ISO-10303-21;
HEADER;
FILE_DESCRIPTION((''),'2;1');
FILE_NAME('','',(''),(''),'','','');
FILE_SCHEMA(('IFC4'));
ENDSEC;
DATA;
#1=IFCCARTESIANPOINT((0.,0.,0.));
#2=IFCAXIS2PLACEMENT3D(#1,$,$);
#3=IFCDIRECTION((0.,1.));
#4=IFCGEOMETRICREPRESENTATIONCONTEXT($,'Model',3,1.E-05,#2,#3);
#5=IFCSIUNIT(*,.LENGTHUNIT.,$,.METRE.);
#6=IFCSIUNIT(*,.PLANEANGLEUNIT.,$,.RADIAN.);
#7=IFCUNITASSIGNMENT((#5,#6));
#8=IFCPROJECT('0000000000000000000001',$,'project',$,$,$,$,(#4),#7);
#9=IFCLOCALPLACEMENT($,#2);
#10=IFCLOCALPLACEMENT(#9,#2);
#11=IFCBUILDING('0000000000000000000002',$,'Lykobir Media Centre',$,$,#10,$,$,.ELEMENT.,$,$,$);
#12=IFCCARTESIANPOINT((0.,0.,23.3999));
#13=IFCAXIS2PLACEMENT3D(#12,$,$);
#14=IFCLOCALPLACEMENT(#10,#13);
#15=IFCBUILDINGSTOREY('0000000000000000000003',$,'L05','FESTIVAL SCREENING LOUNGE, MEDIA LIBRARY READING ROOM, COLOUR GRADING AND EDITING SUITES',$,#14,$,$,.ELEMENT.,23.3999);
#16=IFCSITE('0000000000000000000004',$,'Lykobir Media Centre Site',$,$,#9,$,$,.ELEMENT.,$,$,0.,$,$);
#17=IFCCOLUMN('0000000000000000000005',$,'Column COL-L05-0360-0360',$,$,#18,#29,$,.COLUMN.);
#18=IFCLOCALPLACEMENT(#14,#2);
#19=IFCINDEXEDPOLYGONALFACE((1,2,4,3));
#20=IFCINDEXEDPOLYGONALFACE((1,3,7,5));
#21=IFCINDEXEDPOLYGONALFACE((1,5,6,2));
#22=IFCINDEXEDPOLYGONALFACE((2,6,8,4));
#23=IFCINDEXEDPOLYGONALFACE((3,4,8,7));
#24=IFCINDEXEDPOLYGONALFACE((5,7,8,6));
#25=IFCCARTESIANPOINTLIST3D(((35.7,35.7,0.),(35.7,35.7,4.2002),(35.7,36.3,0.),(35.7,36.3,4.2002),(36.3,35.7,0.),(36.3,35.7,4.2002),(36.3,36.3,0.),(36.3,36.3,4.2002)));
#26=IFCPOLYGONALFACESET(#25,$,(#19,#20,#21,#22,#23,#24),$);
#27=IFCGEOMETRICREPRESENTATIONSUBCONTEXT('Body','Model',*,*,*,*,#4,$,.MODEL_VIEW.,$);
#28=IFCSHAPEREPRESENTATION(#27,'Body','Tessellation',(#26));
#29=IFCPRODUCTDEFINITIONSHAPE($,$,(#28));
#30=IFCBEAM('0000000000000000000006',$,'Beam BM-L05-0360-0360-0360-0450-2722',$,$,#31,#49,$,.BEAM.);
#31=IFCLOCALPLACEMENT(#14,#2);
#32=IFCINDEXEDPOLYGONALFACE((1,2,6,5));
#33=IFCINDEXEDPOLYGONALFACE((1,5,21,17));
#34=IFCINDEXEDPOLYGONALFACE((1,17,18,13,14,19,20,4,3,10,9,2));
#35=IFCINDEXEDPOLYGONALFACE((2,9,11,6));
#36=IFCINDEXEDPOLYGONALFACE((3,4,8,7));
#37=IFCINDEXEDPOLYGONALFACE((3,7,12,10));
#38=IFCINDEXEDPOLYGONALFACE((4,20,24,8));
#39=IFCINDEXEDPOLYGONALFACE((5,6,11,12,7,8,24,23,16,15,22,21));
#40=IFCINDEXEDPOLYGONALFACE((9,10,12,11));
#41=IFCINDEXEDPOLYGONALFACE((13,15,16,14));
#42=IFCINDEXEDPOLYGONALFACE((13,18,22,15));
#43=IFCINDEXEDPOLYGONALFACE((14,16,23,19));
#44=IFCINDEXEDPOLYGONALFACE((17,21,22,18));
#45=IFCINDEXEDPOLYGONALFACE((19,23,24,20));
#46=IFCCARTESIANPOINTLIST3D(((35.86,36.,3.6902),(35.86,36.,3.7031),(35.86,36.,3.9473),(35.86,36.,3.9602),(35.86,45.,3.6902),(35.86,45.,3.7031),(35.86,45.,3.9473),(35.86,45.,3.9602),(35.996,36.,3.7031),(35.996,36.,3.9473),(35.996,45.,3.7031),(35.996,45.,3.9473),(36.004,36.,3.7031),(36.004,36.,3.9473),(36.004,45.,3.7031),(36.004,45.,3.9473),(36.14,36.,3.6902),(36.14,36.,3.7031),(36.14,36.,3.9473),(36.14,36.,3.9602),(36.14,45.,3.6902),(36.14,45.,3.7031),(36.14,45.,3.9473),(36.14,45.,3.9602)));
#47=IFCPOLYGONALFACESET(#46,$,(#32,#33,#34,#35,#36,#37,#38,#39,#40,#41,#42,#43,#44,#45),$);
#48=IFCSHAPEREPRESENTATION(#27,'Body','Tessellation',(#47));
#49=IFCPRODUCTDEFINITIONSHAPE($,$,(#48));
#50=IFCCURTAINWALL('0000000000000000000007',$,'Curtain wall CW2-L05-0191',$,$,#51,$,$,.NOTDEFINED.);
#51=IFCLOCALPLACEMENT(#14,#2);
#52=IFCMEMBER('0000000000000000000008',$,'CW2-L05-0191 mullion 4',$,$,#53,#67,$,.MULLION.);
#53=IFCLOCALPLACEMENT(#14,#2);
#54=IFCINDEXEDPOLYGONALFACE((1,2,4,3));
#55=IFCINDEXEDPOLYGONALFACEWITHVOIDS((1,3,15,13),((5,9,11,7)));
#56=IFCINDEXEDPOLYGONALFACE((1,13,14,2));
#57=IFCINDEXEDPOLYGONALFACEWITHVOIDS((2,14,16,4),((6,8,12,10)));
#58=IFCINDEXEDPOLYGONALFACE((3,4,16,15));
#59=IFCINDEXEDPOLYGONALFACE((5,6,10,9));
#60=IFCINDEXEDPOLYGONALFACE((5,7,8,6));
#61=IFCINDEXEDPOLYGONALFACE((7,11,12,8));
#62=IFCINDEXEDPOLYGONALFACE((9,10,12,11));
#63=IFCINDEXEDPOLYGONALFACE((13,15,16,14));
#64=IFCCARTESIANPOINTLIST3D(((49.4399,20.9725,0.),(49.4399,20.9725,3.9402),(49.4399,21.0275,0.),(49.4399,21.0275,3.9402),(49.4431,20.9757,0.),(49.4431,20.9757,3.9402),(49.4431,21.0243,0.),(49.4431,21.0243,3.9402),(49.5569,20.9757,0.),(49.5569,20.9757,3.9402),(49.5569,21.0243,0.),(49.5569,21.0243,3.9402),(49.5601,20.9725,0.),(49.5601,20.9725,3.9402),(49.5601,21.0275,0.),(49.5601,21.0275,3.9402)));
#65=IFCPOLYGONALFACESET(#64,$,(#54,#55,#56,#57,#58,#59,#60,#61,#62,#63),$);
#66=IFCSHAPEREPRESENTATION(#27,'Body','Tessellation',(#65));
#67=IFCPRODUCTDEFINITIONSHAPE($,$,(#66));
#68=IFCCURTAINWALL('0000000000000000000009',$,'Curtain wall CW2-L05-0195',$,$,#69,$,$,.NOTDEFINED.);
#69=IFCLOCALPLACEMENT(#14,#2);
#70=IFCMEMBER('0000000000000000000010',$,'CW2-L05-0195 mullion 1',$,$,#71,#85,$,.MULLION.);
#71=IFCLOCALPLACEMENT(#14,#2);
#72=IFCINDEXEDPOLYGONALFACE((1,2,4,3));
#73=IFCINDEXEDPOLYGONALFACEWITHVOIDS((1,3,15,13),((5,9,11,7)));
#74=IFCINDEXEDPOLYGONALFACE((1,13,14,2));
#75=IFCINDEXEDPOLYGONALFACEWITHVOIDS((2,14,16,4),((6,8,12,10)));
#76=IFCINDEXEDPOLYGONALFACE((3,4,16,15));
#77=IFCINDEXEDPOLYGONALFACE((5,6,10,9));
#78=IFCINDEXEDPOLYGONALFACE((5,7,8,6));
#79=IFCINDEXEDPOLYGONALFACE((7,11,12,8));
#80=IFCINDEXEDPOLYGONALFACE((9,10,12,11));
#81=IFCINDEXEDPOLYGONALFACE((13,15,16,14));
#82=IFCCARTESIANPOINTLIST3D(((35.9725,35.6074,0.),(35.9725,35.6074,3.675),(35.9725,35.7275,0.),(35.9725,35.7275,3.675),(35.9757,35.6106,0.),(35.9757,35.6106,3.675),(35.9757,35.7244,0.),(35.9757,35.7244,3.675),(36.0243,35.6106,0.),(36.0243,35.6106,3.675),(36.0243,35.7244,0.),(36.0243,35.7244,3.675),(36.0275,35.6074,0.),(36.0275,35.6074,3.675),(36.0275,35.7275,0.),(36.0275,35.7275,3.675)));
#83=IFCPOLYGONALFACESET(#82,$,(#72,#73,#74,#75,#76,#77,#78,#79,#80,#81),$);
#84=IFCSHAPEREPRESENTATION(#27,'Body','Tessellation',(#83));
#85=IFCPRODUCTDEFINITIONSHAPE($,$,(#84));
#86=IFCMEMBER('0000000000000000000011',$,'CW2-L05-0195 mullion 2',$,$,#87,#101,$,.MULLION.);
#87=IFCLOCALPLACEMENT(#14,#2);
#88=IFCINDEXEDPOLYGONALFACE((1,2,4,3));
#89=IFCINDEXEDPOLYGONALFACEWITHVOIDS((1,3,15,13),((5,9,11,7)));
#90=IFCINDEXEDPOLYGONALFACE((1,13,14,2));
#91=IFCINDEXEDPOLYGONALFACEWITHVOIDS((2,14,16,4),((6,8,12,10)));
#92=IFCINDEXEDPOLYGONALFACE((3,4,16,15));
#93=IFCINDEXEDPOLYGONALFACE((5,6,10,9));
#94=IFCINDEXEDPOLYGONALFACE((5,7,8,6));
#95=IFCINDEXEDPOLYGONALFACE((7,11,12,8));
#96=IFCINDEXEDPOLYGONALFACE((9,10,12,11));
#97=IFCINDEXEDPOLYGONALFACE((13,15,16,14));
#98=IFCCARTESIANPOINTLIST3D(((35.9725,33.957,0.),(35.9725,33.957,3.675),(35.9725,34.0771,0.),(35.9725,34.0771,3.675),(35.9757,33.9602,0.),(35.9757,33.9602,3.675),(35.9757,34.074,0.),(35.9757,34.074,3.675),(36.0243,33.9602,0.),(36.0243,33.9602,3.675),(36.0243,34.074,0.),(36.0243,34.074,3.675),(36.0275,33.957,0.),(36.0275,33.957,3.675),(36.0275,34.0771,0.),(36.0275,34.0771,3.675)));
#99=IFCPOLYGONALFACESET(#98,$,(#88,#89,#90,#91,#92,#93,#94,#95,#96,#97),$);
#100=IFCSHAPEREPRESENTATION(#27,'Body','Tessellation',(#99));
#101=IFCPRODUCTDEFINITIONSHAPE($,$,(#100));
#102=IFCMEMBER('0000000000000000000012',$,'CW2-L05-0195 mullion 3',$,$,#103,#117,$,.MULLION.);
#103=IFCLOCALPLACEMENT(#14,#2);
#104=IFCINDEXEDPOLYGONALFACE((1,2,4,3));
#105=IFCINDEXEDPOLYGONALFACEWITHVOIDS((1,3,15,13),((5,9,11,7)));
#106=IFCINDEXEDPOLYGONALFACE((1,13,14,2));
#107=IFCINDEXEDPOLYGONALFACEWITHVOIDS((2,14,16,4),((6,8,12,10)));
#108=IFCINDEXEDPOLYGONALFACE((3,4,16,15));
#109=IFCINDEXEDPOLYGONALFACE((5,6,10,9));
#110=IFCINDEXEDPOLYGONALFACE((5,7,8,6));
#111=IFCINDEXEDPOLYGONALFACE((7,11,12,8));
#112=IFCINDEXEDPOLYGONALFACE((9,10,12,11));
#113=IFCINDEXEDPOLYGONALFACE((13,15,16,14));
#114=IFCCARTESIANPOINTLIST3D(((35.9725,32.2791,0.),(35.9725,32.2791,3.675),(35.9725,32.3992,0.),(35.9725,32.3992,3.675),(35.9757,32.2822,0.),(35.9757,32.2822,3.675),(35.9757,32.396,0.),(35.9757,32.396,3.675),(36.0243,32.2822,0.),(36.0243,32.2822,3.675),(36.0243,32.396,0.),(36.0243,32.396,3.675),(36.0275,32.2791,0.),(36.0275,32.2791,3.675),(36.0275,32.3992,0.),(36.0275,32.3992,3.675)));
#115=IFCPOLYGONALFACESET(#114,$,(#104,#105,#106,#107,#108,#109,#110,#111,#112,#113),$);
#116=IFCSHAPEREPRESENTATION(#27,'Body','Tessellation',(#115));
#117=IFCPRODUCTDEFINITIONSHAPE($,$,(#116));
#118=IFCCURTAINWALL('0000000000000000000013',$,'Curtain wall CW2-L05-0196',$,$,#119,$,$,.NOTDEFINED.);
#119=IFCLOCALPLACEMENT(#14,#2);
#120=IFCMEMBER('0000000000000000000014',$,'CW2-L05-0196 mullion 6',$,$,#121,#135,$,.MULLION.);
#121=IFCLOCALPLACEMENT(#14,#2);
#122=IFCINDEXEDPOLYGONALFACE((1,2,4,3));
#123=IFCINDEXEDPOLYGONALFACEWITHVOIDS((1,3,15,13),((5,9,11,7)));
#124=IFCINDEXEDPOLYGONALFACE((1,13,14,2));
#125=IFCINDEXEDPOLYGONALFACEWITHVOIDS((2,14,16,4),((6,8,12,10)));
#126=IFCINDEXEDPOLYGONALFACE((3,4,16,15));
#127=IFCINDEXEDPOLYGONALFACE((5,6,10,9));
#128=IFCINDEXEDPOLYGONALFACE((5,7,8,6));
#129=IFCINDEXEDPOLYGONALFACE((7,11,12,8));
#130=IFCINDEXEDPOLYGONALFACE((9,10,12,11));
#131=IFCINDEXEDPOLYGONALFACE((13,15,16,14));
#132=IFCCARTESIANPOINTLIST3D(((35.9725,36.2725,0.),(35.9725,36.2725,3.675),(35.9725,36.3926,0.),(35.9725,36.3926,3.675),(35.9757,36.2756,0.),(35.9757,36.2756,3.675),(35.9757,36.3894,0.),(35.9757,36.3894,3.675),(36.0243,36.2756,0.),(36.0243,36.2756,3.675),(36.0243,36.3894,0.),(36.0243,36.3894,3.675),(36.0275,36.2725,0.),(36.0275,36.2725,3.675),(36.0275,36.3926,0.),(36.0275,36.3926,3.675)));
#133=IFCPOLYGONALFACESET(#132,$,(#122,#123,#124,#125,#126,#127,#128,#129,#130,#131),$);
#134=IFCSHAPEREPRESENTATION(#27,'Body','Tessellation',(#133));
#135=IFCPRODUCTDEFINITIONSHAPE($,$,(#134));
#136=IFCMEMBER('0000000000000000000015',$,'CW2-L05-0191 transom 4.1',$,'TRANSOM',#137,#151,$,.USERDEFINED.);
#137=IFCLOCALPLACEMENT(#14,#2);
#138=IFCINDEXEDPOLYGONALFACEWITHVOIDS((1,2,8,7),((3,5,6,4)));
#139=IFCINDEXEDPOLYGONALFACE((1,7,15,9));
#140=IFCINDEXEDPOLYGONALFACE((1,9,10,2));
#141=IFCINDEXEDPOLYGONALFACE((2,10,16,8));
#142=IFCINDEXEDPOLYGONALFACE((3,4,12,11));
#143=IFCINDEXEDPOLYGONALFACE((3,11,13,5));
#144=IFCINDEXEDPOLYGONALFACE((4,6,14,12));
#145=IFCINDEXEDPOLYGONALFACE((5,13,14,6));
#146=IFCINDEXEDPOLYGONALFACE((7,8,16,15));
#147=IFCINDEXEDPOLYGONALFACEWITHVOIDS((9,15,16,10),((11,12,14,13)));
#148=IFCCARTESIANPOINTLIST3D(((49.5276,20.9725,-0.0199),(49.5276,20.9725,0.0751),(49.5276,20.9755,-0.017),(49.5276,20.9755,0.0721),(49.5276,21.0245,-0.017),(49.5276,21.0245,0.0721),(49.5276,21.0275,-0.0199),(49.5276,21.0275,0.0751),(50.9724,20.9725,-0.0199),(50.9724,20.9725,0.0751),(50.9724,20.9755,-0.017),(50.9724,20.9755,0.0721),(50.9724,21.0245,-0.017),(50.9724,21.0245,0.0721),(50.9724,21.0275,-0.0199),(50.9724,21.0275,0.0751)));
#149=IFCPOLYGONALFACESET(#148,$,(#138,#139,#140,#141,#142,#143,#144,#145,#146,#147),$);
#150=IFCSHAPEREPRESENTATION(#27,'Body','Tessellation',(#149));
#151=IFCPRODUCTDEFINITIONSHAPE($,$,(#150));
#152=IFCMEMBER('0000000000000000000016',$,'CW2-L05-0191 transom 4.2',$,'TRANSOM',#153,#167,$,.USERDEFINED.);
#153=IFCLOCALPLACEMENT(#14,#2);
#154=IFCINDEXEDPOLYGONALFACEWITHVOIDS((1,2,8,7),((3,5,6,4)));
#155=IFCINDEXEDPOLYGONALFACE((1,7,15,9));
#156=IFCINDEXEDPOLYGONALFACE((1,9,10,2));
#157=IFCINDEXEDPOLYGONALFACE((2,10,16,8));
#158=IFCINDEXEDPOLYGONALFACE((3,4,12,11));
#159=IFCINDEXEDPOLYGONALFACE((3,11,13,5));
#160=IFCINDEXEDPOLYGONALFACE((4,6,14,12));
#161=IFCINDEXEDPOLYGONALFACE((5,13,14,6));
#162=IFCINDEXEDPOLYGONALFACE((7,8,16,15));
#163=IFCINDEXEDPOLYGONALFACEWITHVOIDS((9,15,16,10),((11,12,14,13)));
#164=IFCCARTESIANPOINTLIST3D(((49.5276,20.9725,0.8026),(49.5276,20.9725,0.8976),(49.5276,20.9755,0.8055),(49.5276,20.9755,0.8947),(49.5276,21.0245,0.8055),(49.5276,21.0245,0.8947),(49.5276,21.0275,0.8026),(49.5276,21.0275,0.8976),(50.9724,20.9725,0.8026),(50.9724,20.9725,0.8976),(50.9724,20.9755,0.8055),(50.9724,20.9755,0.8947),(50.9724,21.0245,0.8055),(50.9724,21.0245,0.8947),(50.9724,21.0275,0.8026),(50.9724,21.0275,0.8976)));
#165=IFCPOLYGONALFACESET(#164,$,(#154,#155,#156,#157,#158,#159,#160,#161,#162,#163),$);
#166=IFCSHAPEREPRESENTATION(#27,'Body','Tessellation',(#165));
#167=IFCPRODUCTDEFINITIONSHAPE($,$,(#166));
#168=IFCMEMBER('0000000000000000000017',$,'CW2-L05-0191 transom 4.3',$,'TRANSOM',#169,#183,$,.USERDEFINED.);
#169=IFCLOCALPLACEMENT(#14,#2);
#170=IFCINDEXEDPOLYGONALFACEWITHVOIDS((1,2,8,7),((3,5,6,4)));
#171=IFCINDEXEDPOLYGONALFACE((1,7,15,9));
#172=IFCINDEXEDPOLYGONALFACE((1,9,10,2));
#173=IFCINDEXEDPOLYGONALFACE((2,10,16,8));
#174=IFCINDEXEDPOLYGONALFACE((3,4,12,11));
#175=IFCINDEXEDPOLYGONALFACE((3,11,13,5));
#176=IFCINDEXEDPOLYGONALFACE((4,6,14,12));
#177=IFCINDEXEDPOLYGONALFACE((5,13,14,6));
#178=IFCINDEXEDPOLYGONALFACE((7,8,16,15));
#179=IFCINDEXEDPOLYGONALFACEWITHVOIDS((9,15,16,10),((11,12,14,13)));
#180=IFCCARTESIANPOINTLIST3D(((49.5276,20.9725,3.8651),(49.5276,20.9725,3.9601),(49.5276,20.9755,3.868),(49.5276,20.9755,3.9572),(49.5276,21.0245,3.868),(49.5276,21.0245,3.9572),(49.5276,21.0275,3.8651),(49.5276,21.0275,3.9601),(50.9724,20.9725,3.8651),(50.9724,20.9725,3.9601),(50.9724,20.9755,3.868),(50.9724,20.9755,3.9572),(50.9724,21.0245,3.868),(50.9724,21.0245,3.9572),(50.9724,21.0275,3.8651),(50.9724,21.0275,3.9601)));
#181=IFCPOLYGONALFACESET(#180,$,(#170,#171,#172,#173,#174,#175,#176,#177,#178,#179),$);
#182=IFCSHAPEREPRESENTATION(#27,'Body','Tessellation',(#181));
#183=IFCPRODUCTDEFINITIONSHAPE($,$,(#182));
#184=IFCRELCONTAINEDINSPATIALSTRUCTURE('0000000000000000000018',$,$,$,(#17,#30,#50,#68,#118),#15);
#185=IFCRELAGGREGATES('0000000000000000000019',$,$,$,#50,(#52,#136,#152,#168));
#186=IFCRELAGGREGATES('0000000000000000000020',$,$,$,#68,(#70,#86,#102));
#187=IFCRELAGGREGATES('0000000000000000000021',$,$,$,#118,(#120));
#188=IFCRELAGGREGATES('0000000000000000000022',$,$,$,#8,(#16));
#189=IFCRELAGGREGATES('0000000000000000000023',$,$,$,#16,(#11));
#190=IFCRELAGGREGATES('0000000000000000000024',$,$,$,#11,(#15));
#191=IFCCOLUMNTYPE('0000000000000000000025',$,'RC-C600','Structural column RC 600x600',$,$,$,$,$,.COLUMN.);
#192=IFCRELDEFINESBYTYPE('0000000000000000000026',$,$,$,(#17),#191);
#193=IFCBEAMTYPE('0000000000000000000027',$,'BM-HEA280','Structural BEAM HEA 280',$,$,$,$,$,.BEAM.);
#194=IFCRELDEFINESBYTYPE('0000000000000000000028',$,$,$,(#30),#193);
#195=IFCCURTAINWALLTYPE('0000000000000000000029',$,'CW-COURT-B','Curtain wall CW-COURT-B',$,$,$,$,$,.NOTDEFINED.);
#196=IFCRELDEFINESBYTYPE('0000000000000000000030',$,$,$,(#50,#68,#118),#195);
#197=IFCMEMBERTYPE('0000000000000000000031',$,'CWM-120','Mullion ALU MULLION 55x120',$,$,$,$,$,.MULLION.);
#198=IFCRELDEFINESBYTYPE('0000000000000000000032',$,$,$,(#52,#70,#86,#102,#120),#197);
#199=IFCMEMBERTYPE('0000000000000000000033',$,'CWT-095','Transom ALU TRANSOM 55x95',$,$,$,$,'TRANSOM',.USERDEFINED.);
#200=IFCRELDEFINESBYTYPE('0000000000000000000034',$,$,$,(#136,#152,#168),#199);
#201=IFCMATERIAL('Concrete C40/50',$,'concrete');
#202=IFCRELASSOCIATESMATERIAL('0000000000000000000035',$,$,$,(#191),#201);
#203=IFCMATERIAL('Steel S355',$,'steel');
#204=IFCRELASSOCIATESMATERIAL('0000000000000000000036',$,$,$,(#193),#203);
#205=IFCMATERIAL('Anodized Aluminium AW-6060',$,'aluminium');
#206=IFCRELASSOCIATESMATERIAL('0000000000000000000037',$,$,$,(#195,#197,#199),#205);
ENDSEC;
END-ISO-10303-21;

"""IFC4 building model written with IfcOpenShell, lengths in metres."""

from ifc_helpers import new_model, si_unit, direction, frame, origin, origin_2d, place, context, subcontext, project, spatial, rectangle, hollow_rectangle, i_section, extrude, material, material_profile, profile_set, type_object, element, aggregate, save


model = new_model("IFC4")

# Units and contexts
model_context = context("Model", 3, precision=1e-05, world=origin(), true_north=direction((0.0, 1.0)))
body_context = subcontext(model_context, "Body", "Model", "MODEL_VIEW")
ifc_project = project(units=[si_unit("LENGTHUNIT", "METRE"), si_unit("PLANEANGLEUNIT", "RADIAN")], contexts=[model_context])

# Site, building, storey
site_placement = place(None, origin())
site = spatial("IfcSite", under=ifc_project, at=site_placement, Name="Lykobir Media Centre Site", CompositionType="ELEMENT", RefElevation=0.0)
building_placement = place(site_placement, origin())
building = spatial("IfcBuilding", under=site, at=building_placement, Name="Lykobir Media Centre", CompositionType="ELEMENT")
storey_placement = place(building_placement, frame((0.0, 0.0, 23.3999)))
storey = spatial("IfcBuildingStorey", under=building, at=storey_placement, Name="L05", Description="FESTIVAL SCREENING LOUNGE, MEDIA LIBRARY READING ROOM, COLOUR GRADING AND EDITING SUITES", CompositionType="ELEMENT", Elevation=23.3999)

# Column
ifc_material_1 = material(Name="Concrete C40/50", Category="concrete")
ifc_material_profile_1 = material_profile(ifc_material_1, rectangle(XDim=0.6001, YDim=0.6001, at=origin_2d()), Name="RC 600x600")
ifc_profile_set_1 = profile_set([ifc_material_profile_1], Name="Concrete C40/50")
column_type = type_object("IfcColumnType", Name="RC-C600", Description="Structural column RC 600x600", PredefinedType="COLUMN", material=ifc_profile_set_1)
column_placement = place(storey_placement, frame((36.0, 36.0, 0.0), z_axis=(0.0, 0.0, 1.0), x_axis=(1.0, 0.0, 0.0)))
element("IfcColumn", 1, at=column_placement, inside=storey, type_object=column_type, Name="Column COL-L05-0360-0360", PredefinedType="COLUMN", context=body_context, shape_type="SweptSolid", body=[
    extrude(rectangle(XDim=0.6001, YDim=0.6001, at=origin_2d()), origin(), (0.0, 0.0, 1.0), 4.2002),
])

# Beam
ifc_material_2 = material(Name="Steel S355", Category="steel")
ifc_material_profile_2 = material_profile(ifc_material_2, i_section(OverallWidth=0.28, OverallDepth=0.27, WebThickness=0.0081, FlangeThickness=0.0129, at=origin_2d()), Name="HEA 280")
ifc_profile_set_2 = profile_set([ifc_material_profile_2], Name="Steel S355")
beam_type = type_object("IfcBeamType", Name="BM-HEA280", Description="Structural BEAM HEA 280", PredefinedType="BEAM", material=ifc_profile_set_2)
beam_placement = place(storey_placement, frame((36.0, 36.0, 3.8252), z_axis=(0.0, 1.0, 0.0), x_axis=(-1.0, 0.0, 0.0)))
element("IfcBeam", 2, at=beam_placement, inside=storey, type_object=beam_type, Name="Beam BM-L05-0360-0360-0360-0450-2722", PredefinedType="BEAM", context=body_context, shape_type="SweptSolid", body=[
    extrude(i_section(OverallWidth=0.28, OverallDepth=0.27, WebThickness=0.0081, FlangeThickness=0.0129, at=origin_2d()), origin(), (0.0, 0.0, 1.0), 9.0),
])

# Curtain wall, member
ifc_material_3 = material(Name="Anodized Aluminium AW-6060", Category="aluminium")
curtain_wall_type = type_object("IfcCurtainWallType", Name="CW-COURT-B", Description="Curtain wall CW-COURT-B", PredefinedType="NOTDEFINED", material=ifc_material_3)
curtain_wall_1_placement = place(storey_placement, origin())
curtain_wall_1 = element("IfcCurtainWall", 3, at=curtain_wall_1_placement, inside=storey, type_object=curtain_wall_type, Name="Curtain wall CW2-L05-0191", PredefinedType="NOTDEFINED")
ifc_material_profile_3 = material_profile(ifc_material_3, hollow_rectangle(XDim=0.0549, YDim=0.1201, WallThickness=0.0032, at=origin_2d()), Name="ALU MULLION 55x120")
ifc_profile_set_3 = profile_set([ifc_material_profile_3], Name="Anodized Aluminium AW-6060")
member_type_1 = type_object("IfcMemberType", Name="CWM-120", Description="Mullion ALU MULLION 55x120", PredefinedType="MULLION", material=ifc_profile_set_3)
member_1_placement = place(storey_placement, frame((49.5, 21.0, 0.0), z_axis=(0.0, 0.0, 1.0), x_axis=(0.0, 1.0, 0.0)))
member_1 = element("IfcMember", 4, at=member_1_placement, type_object=member_type_1, Name="CW2-L05-0191 mullion 4", PredefinedType="MULLION", context=body_context, shape_type="SweptSolid", body=[
    extrude(hollow_rectangle(XDim=0.0549, YDim=0.1201, WallThickness=0.0032, at=origin_2d()), origin(), (0.0, 0.0, 1.0), 3.9402),
])

# Curtain wall, members
curtain_wall_2_placement = place(storey_placement, origin())
curtain_wall_2 = element("IfcCurtainWall", 5, at=curtain_wall_2_placement, inside=storey, type_object=curtain_wall_type, Name="Curtain wall CW2-L05-0195", PredefinedType="NOTDEFINED")
member_2_placement = place(storey_placement, frame((36.0, 35.6675, 0.0), z_axis=(0.0, 0.0, 1.0), x_axis=(1.0, 0.0, 0.0)))
member_2 = element("IfcMember", 6, at=member_2_placement, type_object=member_type_1, Name="CW2-L05-0195 mullion 1", PredefinedType="MULLION", context=body_context, shape_type="SweptSolid", body=[
    extrude(hollow_rectangle(XDim=0.0549, YDim=0.1201, WallThickness=0.0032, at=origin_2d()), origin(), (0.0, 0.0, 1.0), 3.675),
])
member_3_placement = place(storey_placement, frame((36.0, 34.0171, 0.0), z_axis=(0.0, 0.0, 1.0), x_axis=(1.0, 0.0, 0.0)))
member_3 = element("IfcMember", 7, at=member_3_placement, type_object=member_type_1, Name="CW2-L05-0195 mullion 2", PredefinedType="MULLION", context=body_context, shape_type="SweptSolid", body=[
    extrude(hollow_rectangle(XDim=0.0549, YDim=0.1201, WallThickness=0.0032, at=origin_2d()), origin(), (0.0, 0.0, 1.0), 3.675),
])
member_4_placement = place(storey_placement, frame((36.0, 32.3391, 0.0), z_axis=(0.0, 0.0, 1.0), x_axis=(1.0, 0.0, 0.0)))
member_4 = element("IfcMember", 8, at=member_4_placement, type_object=member_type_1, Name="CW2-L05-0195 mullion 3", PredefinedType="MULLION", context=body_context, shape_type="SweptSolid", body=[
    extrude(hollow_rectangle(XDim=0.0549, YDim=0.1201, WallThickness=0.0032, at=origin_2d()), origin(), (0.0, 0.0, 1.0), 3.675),
])

# Curtain wall, member
curtain_wall_3_placement = place(storey_placement, origin())
curtain_wall_3 = element("IfcCurtainWall", 9, at=curtain_wall_3_placement, inside=storey, type_object=curtain_wall_type, Name="Curtain wall CW2-L05-0196", PredefinedType="NOTDEFINED")
member_5_placement = place(storey_placement, frame((36.0, 36.3325, 0.0), z_axis=(0.0, 0.0, 1.0), x_axis=(1.0, 0.0, 0.0)))
member_5 = element("IfcMember", 10, at=member_5_placement, type_object=member_type_1, Name="CW2-L05-0196 mullion 6", PredefinedType="MULLION", context=body_context, shape_type="SweptSolid", body=[
    extrude(hollow_rectangle(XDim=0.0549, YDim=0.1201, WallThickness=0.0032, at=origin_2d()), origin(), (0.0, 0.0, 1.0), 3.675),
])

# Members
ifc_material_profile_4 = material_profile(ifc_material_3, hollow_rectangle(XDim=0.0549, YDim=0.095, WallThickness=0.0029, at=origin_2d()), Name="ALU TRANSOM 55x95")
ifc_profile_set_4 = profile_set([ifc_material_profile_4], Name="Anodized Aluminium AW-6060")
member_type_2 = type_object("IfcMemberType", Name="CWT-095", Description="Transom ALU TRANSOM 55x95", ElementType="TRANSOM", PredefinedType="USERDEFINED", material=ifc_profile_set_4)
member_6_placement = place(storey_placement, frame((49.5276, 21.0, 0.0276), z_axis=(1.0, 0.0, 0.0), x_axis=(0.0, 1.0, 0.0)))
member_6 = element("IfcMember", 11, at=member_6_placement, type_object=member_type_2, Name="CW2-L05-0191 transom 4.1", ObjectType="TRANSOM", PredefinedType="USERDEFINED", context=body_context, shape_type="SweptSolid", body=[
    extrude(hollow_rectangle(XDim=0.0549, YDim=0.095, WallThickness=0.0029, at=origin_2d()), origin(), (0.0, 0.0, 1.0), 1.4448),
])
member_7_placement = place(storey_placement, frame((49.5276, 21.0, 0.8501), z_axis=(1.0, 0.0, 0.0), x_axis=(0.0, 1.0, 0.0)))
member_7 = element("IfcMember", 12, at=member_7_placement, type_object=member_type_2, Name="CW2-L05-0191 transom 4.2", ObjectType="TRANSOM", PredefinedType="USERDEFINED", context=body_context, shape_type="SweptSolid", body=[
    extrude(hollow_rectangle(XDim=0.0549, YDim=0.095, WallThickness=0.0029, at=origin_2d()), origin(), (0.0, 0.0, 1.0), 1.4448),
])
member_8_placement = place(storey_placement, frame((49.5276, 21.0, 3.9126), z_axis=(1.0, 0.0, 0.0), x_axis=(0.0, 1.0, 0.0)))
member_8 = element("IfcMember", 13, at=member_8_placement, type_object=member_type_2, Name="CW2-L05-0191 transom 4.3", ObjectType="TRANSOM", PredefinedType="USERDEFINED", context=body_context, shape_type="SweptSolid", body=[
    extrude(hollow_rectangle(XDim=0.0549, YDim=0.095, WallThickness=0.0029, at=origin_2d()), origin(), (0.0, 0.0, 1.0), 1.4448),
])

aggregate(curtain_wall_1, [member_1, member_6, member_7, member_8])
aggregate(curtain_wall_2, [member_2, member_3, member_4])
aggregate(curtain_wall_3, [member_5])

save(model, "model.ifc")
